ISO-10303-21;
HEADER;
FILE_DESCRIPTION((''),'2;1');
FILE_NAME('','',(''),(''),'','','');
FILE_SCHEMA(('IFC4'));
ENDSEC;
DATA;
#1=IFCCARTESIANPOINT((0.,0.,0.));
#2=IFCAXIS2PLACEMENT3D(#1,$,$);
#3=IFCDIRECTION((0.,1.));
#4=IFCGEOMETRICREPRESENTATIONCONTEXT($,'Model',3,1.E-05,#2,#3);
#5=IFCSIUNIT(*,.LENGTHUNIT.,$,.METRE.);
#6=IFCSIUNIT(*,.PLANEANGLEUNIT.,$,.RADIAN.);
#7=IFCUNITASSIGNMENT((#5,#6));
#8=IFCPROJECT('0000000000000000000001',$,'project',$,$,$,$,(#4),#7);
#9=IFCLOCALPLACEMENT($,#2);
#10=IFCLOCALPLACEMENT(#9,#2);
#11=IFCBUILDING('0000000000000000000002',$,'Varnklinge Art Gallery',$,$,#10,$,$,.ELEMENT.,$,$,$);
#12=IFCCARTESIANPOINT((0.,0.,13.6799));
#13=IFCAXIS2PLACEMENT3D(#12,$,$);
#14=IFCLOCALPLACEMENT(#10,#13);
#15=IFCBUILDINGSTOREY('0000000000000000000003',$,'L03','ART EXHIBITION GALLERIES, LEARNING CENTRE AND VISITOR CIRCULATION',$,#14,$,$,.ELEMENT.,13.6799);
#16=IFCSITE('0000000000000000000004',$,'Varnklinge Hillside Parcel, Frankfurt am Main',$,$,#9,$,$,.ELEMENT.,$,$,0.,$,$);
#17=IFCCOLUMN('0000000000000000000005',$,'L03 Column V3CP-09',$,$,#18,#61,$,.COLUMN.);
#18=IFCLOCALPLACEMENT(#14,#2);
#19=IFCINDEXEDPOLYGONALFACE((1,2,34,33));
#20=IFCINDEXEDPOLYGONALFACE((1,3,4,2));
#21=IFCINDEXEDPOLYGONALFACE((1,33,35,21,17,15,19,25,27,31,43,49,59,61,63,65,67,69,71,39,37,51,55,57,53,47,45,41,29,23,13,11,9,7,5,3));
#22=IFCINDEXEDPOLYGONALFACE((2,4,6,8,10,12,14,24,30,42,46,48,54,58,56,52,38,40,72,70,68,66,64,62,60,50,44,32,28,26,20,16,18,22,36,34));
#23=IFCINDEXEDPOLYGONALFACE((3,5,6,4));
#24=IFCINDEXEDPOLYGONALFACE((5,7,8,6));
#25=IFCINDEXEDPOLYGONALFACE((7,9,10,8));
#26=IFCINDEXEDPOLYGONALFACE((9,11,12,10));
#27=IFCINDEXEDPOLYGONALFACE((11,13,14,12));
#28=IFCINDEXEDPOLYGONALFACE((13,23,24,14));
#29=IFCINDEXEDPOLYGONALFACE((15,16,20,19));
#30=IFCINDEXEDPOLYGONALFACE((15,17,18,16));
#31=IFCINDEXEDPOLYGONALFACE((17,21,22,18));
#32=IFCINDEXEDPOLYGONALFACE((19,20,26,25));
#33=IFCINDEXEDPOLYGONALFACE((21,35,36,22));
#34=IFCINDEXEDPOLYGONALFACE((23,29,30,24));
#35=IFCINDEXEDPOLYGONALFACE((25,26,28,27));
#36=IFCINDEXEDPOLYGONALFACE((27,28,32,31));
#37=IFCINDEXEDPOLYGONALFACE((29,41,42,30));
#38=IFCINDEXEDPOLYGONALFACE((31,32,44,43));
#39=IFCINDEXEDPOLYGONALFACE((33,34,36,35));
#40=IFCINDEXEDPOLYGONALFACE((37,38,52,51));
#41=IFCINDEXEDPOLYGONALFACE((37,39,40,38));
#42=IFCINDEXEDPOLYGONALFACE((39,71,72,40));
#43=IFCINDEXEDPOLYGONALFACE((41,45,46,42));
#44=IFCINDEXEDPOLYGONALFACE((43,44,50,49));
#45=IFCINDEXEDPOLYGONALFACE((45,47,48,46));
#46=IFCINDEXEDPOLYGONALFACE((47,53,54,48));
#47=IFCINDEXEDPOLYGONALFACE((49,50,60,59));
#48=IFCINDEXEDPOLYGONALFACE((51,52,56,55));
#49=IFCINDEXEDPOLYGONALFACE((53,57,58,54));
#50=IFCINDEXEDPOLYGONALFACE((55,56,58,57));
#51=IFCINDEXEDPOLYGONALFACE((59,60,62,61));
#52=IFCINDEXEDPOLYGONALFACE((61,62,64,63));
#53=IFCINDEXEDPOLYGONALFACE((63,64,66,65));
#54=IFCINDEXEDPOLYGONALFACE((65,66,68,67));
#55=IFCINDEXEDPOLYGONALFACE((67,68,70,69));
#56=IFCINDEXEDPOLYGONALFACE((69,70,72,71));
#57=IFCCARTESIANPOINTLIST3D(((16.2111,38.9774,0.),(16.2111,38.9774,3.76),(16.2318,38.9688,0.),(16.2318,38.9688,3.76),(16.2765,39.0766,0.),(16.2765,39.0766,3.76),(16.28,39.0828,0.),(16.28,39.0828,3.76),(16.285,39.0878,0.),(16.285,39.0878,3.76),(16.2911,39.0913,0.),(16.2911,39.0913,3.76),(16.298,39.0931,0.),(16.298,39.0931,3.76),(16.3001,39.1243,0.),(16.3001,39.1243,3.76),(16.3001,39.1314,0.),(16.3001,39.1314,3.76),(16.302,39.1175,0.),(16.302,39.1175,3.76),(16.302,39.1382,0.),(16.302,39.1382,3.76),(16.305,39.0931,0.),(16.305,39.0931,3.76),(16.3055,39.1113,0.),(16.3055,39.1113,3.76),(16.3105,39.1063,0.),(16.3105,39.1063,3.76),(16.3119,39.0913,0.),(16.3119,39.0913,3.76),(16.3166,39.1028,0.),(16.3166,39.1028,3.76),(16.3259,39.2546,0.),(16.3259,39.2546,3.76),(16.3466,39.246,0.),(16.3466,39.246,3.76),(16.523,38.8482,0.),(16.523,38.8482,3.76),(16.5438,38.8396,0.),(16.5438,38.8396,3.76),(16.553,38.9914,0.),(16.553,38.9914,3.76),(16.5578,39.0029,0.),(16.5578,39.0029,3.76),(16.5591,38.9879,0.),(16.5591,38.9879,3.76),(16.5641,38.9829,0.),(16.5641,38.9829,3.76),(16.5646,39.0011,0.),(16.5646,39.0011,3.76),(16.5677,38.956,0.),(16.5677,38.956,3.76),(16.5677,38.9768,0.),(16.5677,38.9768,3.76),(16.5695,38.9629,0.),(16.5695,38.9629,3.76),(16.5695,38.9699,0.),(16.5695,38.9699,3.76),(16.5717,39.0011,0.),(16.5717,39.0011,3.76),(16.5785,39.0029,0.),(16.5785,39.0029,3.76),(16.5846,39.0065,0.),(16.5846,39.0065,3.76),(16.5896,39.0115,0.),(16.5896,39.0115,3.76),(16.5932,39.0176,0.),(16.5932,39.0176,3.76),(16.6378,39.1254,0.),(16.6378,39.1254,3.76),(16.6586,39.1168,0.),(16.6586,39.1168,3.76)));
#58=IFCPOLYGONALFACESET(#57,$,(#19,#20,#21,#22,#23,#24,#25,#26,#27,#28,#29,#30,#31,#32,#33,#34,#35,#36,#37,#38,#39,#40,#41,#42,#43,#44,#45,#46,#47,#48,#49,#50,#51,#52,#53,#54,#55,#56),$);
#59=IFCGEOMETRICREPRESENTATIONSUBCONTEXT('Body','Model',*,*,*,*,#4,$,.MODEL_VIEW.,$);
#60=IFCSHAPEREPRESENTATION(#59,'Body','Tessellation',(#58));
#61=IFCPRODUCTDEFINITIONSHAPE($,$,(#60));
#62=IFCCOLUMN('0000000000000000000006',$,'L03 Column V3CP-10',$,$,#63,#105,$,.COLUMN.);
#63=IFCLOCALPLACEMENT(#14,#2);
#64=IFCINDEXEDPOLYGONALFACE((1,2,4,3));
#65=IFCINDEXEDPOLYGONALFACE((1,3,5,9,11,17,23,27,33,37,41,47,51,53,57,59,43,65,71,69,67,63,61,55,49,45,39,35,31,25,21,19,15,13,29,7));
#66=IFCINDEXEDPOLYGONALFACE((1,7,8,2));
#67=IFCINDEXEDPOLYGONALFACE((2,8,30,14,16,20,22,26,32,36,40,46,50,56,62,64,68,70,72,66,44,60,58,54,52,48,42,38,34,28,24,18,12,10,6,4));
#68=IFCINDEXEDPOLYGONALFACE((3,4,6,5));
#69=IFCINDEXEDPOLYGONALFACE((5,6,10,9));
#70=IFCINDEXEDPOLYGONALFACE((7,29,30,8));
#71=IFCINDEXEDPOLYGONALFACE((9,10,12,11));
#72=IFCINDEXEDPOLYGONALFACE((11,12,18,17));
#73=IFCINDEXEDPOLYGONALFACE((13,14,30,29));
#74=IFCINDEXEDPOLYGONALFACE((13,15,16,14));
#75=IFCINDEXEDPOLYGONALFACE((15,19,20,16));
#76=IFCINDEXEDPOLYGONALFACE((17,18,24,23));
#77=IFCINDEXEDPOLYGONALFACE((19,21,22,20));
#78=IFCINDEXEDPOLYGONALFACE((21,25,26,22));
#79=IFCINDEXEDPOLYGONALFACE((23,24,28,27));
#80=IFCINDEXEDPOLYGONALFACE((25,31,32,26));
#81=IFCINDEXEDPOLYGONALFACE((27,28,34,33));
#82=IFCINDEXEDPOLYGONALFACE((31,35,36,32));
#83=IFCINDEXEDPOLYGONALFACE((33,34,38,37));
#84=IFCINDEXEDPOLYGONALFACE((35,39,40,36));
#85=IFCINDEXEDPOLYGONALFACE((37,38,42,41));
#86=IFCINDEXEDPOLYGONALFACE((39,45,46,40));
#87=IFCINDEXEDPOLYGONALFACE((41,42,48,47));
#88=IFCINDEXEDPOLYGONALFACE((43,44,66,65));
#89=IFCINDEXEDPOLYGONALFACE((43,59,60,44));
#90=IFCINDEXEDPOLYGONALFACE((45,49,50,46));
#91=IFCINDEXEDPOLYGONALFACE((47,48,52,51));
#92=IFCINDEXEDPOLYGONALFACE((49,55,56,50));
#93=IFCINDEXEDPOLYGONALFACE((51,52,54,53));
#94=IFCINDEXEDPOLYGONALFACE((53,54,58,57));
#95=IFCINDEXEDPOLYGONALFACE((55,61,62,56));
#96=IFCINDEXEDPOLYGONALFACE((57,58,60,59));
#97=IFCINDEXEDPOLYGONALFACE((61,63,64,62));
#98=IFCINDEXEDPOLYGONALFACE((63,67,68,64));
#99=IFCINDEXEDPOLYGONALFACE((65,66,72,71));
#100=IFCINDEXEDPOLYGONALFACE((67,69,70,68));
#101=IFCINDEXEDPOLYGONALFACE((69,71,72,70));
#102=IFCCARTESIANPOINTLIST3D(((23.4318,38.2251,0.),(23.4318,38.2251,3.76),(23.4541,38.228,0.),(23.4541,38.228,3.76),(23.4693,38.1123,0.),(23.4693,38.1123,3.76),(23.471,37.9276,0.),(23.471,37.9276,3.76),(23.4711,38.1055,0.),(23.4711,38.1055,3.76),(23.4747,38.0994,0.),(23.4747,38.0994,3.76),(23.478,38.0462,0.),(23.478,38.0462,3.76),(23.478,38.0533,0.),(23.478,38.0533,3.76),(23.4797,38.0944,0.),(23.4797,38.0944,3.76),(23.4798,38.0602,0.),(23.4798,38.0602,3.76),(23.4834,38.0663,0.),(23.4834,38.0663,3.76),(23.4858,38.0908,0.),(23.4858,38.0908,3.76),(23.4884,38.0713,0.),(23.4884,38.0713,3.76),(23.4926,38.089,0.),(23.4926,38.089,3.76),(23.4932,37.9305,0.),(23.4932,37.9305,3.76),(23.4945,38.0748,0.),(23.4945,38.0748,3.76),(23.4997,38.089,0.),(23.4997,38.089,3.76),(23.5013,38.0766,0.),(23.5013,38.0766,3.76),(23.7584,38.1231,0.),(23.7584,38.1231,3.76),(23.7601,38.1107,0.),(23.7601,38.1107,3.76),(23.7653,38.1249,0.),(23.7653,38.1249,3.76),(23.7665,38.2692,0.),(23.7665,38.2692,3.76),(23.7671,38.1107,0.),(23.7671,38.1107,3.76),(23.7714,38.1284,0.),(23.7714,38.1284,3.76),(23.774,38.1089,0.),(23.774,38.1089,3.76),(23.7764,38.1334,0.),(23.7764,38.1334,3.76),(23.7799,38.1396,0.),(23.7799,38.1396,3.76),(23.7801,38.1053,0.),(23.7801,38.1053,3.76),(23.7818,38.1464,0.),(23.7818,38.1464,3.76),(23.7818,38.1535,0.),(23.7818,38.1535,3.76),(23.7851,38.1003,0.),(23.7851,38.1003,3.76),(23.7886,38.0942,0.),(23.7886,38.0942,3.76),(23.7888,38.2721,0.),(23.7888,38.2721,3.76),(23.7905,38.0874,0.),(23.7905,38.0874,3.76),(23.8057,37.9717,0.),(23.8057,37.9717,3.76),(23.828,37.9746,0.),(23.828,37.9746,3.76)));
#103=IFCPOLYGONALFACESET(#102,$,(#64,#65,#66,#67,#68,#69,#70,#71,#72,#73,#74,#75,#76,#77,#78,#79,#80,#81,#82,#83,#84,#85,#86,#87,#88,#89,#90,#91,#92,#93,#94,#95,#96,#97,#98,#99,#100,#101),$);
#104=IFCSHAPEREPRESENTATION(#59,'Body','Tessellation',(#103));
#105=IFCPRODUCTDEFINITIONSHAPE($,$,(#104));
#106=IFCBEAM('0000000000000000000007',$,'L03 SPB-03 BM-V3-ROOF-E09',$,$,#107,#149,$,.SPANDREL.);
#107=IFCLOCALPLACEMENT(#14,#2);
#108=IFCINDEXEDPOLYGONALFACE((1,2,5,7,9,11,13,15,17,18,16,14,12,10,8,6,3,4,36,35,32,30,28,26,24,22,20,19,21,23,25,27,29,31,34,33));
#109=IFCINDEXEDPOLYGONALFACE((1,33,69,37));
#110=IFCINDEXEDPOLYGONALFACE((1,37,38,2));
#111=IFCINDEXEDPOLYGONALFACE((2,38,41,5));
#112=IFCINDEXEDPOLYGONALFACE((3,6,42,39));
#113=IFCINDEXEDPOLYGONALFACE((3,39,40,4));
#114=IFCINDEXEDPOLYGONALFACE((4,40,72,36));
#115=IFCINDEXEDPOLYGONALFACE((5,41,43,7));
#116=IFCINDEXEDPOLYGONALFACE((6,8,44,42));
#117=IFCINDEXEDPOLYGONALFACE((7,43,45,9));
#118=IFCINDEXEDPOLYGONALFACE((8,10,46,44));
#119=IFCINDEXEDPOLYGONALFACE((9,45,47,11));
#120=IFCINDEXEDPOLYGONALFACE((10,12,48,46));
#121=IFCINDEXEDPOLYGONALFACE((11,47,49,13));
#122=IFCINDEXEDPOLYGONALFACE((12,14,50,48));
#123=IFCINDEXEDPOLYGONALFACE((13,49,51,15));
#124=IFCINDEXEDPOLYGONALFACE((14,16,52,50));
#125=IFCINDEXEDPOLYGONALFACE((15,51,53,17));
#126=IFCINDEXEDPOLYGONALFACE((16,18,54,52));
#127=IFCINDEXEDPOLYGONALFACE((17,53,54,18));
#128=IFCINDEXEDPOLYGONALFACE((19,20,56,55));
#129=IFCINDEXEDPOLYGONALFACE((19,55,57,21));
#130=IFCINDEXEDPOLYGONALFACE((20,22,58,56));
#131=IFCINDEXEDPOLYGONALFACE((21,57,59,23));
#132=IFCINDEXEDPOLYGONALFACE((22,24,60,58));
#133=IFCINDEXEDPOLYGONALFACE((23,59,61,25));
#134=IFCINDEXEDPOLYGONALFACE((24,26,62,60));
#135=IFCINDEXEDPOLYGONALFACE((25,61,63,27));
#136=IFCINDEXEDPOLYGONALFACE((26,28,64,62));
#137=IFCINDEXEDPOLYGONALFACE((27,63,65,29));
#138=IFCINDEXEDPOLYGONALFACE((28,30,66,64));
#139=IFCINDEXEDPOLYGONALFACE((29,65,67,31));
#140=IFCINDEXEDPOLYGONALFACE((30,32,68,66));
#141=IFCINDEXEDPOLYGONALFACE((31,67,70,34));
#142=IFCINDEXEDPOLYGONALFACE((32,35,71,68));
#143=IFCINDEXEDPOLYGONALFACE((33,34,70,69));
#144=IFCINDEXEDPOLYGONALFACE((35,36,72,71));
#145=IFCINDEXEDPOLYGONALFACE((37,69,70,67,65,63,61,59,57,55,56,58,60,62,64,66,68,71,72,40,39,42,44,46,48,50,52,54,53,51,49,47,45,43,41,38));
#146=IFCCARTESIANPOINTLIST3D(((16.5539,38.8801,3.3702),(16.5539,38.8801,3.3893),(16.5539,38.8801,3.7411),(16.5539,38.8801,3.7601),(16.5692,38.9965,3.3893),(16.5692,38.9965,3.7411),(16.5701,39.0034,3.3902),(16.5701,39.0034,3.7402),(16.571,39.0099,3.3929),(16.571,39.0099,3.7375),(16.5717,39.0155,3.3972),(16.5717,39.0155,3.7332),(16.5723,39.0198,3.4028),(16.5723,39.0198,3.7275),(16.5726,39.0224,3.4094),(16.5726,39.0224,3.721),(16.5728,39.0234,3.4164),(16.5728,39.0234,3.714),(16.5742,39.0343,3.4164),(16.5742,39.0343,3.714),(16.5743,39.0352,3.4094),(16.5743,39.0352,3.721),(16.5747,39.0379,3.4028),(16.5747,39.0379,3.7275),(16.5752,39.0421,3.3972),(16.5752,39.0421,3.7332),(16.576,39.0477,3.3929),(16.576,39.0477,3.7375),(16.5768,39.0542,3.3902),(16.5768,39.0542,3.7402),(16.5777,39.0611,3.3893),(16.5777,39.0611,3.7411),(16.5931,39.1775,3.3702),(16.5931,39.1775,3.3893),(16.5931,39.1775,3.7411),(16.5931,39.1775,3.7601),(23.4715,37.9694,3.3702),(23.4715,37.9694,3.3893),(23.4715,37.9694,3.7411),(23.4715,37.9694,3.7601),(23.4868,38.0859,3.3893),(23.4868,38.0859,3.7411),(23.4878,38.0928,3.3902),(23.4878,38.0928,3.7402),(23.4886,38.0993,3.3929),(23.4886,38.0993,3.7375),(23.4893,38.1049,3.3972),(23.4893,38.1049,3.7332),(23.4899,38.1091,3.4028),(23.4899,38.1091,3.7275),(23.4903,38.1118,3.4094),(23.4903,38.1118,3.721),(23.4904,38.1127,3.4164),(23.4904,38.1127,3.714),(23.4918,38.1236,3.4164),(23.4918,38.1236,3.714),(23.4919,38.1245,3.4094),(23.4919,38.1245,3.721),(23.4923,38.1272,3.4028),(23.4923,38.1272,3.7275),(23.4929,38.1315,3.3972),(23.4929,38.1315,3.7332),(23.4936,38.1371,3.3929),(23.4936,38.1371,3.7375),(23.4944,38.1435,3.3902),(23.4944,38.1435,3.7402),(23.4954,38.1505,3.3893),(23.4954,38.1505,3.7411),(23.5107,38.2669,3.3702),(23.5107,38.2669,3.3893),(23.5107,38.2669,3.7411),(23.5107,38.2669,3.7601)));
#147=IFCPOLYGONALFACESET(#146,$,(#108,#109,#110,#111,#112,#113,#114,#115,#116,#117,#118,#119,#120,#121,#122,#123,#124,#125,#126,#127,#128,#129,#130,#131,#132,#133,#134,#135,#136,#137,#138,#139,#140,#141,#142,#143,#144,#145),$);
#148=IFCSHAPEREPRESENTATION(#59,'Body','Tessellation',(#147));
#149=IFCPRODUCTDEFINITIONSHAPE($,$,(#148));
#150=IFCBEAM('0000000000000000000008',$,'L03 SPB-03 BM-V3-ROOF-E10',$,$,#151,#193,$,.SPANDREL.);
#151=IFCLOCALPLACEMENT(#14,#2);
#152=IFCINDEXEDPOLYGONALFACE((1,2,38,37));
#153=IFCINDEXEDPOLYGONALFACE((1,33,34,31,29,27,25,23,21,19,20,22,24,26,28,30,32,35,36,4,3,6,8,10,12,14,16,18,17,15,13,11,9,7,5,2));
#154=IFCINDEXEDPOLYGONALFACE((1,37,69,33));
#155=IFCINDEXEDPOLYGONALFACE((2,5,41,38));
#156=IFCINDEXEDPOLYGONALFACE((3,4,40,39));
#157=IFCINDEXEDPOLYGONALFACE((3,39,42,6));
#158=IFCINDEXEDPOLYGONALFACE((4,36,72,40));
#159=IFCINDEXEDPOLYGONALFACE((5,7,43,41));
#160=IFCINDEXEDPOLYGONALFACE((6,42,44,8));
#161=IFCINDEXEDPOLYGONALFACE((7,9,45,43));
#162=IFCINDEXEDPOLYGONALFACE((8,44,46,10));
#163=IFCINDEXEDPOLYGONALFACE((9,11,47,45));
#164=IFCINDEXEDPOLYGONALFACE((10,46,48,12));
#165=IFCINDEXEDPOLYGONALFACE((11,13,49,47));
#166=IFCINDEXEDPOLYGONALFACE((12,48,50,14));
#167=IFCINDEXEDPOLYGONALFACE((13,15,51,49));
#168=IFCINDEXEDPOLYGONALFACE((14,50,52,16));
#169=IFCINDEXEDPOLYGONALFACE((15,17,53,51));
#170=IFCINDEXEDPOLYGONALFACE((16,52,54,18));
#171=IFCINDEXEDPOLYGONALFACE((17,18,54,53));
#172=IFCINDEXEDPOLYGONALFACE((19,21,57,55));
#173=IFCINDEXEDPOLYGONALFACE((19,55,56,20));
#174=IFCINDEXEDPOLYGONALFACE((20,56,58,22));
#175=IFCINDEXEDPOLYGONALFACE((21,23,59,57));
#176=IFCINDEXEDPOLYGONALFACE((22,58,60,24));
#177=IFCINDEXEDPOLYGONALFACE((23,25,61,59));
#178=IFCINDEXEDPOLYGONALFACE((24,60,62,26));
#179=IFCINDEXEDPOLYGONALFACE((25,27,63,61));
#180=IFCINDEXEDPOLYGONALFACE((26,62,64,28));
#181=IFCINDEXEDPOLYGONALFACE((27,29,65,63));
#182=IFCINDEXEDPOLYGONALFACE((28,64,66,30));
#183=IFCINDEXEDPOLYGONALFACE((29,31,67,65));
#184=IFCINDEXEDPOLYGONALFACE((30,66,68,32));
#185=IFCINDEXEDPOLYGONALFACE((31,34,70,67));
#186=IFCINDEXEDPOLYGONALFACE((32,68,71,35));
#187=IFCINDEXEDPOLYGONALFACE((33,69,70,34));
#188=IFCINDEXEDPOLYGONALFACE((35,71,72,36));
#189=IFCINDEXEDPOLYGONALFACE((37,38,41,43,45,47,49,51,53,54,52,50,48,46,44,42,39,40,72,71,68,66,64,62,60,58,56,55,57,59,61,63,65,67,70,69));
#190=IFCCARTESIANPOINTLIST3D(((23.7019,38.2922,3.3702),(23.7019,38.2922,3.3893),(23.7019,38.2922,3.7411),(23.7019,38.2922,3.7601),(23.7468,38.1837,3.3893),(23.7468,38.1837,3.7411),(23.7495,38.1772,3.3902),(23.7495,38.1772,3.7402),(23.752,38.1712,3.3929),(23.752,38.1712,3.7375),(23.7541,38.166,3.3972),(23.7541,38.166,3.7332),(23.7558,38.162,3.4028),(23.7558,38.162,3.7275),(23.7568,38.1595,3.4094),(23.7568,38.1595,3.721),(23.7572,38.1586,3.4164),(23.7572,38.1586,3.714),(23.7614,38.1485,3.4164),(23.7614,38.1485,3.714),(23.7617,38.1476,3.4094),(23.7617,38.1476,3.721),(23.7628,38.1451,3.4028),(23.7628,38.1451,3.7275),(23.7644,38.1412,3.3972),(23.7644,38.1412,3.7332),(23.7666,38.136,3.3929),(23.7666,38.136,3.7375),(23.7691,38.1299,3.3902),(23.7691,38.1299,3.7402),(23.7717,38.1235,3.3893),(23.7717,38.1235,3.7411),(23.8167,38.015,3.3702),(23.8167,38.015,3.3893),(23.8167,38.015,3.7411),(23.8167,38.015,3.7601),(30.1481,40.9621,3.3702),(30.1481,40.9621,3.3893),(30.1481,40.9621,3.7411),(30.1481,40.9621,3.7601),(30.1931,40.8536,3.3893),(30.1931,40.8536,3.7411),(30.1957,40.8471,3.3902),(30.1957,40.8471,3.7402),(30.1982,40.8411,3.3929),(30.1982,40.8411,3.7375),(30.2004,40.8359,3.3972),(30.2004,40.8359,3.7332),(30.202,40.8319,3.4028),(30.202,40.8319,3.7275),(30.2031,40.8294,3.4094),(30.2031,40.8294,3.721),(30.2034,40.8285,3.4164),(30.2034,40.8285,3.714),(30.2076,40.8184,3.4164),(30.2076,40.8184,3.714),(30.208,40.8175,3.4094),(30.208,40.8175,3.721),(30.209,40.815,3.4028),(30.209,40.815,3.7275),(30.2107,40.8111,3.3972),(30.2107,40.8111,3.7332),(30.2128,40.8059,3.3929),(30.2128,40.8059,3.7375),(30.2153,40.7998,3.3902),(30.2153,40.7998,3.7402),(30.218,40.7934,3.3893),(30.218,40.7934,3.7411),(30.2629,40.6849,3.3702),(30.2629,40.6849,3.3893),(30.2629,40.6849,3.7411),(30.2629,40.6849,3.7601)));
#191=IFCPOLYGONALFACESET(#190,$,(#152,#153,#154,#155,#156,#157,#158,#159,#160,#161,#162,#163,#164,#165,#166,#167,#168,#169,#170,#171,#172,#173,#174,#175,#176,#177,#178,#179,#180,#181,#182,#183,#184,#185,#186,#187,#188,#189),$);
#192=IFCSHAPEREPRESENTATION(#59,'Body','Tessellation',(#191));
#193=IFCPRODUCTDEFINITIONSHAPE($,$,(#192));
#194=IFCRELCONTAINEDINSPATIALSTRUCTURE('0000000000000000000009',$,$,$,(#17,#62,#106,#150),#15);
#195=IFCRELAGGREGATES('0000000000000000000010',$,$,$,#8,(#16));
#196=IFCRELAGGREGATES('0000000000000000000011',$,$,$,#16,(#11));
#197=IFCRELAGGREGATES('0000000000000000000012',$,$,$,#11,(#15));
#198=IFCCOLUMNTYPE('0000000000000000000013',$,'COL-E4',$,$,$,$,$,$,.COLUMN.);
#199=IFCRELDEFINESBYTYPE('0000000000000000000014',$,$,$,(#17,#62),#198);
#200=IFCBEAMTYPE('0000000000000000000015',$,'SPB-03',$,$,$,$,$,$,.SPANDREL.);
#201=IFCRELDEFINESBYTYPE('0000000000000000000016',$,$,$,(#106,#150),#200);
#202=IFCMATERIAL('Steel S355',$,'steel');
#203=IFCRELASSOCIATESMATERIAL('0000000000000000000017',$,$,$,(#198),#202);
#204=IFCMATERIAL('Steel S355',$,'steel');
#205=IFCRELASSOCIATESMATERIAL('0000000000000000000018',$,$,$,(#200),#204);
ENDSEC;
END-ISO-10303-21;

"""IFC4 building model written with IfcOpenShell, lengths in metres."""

from ifc_helpers import new_model, si_unit, direction, frame, origin, origin_2d, place, context, subcontext, project, spatial, i_section, extrude, material, material_profile, profile_set, type_object, element, save


model = new_model("IFC4")

# Units and contexts
model_context = context("Model", 3, precision=1e-05, world=origin(), true_north=direction((0.0, 1.0)))
body_context = subcontext(model_context, "Body", "Model", "MODEL_VIEW")
ifc_project = project(units=[si_unit("LENGTHUNIT", "METRE"), si_unit("PLANEANGLEUNIT", "RADIAN")], contexts=[model_context])

# Site, building, storey
site_placement = place(None, origin())
site = spatial("IfcSite", under=ifc_project, at=site_placement, Name="Varnklinge Hillside Parcel, Frankfurt am Main", CompositionType="ELEMENT", RefElevation=0.0)
building_placement = place(site_placement, origin())
building = spatial("IfcBuilding", under=site, at=building_placement, Name="Varnklinge Art Gallery", CompositionType="ELEMENT")
storey_placement = place(building_placement, frame((0.0, 0.0, 13.6799)))
storey = spatial("IfcBuildingStorey", under=building, at=storey_placement, Name="L03", Description="ART EXHIBITION GALLERIES, LEARNING CENTRE AND VISITOR CIRCULATION", CompositionType="ELEMENT", Elevation=13.6799)

# Columns
ifc_material_1 = material(Name="Steel S355", Category="steel")
ifc_material_profile_1 = material_profile(ifc_material_1, i_section(OverallWidth=0.3, OverallDepth=0.3601, WebThickness=0.0125, FlangeThickness=0.0225, FilletRadius=0.0271, at=origin_2d()), Name="HEB 360")
ifc_profile_set_1 = profile_set([ifc_material_profile_1], Name="Steel S355")
column_type = type_object("IfcColumnType", Name="COL-E4", PredefinedType="COLUMN", material=ifc_profile_set_1)
for number, where, z_axis, x_axis, name in (
    (1, (16.4348, 39.0471, 0.0), (0.0, 0.0, 1.0), (-0.382683, -0.92388, 0.0), "L03 Column V3CP-09"),
    (2, (23.6299, 38.0999, 0.0), (0.0, 0.0, 1.0), (0.130526, -0.991445, 0.0), "L03 Column V3CP-10"),
):
    element("IfcColumn", number, at=place(storey_placement, frame(where, z_axis=z_axis, x_axis=x_axis)), inside=storey, type_object=column_type, Name=name, PredefinedType="COLUMN", context=body_context, shape_type="SweptSolid", body=[
        extrude(i_section(OverallWidth=0.3, OverallDepth=0.3601, WebThickness=0.0125, FlangeThickness=0.0225, FilletRadius=0.0271, at=origin_2d()), origin(), (0.0, 0.0, 1.0), 3.76),
    ])

# Beams
ifc_material_2 = material(Name="Steel S355", Category="steel")
ifc_material_profile_2 = material_profile(ifc_material_2, i_section(OverallWidth=0.3, OverallDepth=0.3899, WebThickness=0.011, FlangeThickness=0.019, FilletRadius=0.0271, at=origin_2d()), Name="HEA 400")
ifc_profile_set_2 = profile_set([ifc_material_profile_2], Name="Steel S355")
beam_type = type_object("IfcBeamType", Name="SPB-03", PredefinedType="SPANDREL", material=ifc_profile_set_2)
for number, where, z_axis, x_axis, name in (
    (3, (16.5735, 39.0288, 3.5652), (0.991447, -0.130513, 0.0), (0.130513, 0.991447, 0.0), "L03 SPB-03 BM-V3-ROOF-E09"),
    (4, (23.7593, 38.1536, 3.5652), (0.923891, 0.382657, 0.0), (-0.382657, 0.923891, 0.0), "L03 SPB-03 BM-V3-ROOF-E10"),
):
    element("IfcBeam", number, at=place(storey_placement, frame(where, z_axis=z_axis, x_axis=x_axis)), inside=storey, type_object=beam_type, Name=name, PredefinedType="SPANDREL", context=body_context, shape_type="SweptSolid", body=[
        extrude(i_section(OverallWidth=0.3, OverallDepth=0.3899, WebThickness=0.011, FlangeThickness=0.019, FilletRadius=0.0271, at=origin_2d()), origin(), (0.0, 0.0, 1.0), 6.9773),
    ])

save(model, "model.ifc")
